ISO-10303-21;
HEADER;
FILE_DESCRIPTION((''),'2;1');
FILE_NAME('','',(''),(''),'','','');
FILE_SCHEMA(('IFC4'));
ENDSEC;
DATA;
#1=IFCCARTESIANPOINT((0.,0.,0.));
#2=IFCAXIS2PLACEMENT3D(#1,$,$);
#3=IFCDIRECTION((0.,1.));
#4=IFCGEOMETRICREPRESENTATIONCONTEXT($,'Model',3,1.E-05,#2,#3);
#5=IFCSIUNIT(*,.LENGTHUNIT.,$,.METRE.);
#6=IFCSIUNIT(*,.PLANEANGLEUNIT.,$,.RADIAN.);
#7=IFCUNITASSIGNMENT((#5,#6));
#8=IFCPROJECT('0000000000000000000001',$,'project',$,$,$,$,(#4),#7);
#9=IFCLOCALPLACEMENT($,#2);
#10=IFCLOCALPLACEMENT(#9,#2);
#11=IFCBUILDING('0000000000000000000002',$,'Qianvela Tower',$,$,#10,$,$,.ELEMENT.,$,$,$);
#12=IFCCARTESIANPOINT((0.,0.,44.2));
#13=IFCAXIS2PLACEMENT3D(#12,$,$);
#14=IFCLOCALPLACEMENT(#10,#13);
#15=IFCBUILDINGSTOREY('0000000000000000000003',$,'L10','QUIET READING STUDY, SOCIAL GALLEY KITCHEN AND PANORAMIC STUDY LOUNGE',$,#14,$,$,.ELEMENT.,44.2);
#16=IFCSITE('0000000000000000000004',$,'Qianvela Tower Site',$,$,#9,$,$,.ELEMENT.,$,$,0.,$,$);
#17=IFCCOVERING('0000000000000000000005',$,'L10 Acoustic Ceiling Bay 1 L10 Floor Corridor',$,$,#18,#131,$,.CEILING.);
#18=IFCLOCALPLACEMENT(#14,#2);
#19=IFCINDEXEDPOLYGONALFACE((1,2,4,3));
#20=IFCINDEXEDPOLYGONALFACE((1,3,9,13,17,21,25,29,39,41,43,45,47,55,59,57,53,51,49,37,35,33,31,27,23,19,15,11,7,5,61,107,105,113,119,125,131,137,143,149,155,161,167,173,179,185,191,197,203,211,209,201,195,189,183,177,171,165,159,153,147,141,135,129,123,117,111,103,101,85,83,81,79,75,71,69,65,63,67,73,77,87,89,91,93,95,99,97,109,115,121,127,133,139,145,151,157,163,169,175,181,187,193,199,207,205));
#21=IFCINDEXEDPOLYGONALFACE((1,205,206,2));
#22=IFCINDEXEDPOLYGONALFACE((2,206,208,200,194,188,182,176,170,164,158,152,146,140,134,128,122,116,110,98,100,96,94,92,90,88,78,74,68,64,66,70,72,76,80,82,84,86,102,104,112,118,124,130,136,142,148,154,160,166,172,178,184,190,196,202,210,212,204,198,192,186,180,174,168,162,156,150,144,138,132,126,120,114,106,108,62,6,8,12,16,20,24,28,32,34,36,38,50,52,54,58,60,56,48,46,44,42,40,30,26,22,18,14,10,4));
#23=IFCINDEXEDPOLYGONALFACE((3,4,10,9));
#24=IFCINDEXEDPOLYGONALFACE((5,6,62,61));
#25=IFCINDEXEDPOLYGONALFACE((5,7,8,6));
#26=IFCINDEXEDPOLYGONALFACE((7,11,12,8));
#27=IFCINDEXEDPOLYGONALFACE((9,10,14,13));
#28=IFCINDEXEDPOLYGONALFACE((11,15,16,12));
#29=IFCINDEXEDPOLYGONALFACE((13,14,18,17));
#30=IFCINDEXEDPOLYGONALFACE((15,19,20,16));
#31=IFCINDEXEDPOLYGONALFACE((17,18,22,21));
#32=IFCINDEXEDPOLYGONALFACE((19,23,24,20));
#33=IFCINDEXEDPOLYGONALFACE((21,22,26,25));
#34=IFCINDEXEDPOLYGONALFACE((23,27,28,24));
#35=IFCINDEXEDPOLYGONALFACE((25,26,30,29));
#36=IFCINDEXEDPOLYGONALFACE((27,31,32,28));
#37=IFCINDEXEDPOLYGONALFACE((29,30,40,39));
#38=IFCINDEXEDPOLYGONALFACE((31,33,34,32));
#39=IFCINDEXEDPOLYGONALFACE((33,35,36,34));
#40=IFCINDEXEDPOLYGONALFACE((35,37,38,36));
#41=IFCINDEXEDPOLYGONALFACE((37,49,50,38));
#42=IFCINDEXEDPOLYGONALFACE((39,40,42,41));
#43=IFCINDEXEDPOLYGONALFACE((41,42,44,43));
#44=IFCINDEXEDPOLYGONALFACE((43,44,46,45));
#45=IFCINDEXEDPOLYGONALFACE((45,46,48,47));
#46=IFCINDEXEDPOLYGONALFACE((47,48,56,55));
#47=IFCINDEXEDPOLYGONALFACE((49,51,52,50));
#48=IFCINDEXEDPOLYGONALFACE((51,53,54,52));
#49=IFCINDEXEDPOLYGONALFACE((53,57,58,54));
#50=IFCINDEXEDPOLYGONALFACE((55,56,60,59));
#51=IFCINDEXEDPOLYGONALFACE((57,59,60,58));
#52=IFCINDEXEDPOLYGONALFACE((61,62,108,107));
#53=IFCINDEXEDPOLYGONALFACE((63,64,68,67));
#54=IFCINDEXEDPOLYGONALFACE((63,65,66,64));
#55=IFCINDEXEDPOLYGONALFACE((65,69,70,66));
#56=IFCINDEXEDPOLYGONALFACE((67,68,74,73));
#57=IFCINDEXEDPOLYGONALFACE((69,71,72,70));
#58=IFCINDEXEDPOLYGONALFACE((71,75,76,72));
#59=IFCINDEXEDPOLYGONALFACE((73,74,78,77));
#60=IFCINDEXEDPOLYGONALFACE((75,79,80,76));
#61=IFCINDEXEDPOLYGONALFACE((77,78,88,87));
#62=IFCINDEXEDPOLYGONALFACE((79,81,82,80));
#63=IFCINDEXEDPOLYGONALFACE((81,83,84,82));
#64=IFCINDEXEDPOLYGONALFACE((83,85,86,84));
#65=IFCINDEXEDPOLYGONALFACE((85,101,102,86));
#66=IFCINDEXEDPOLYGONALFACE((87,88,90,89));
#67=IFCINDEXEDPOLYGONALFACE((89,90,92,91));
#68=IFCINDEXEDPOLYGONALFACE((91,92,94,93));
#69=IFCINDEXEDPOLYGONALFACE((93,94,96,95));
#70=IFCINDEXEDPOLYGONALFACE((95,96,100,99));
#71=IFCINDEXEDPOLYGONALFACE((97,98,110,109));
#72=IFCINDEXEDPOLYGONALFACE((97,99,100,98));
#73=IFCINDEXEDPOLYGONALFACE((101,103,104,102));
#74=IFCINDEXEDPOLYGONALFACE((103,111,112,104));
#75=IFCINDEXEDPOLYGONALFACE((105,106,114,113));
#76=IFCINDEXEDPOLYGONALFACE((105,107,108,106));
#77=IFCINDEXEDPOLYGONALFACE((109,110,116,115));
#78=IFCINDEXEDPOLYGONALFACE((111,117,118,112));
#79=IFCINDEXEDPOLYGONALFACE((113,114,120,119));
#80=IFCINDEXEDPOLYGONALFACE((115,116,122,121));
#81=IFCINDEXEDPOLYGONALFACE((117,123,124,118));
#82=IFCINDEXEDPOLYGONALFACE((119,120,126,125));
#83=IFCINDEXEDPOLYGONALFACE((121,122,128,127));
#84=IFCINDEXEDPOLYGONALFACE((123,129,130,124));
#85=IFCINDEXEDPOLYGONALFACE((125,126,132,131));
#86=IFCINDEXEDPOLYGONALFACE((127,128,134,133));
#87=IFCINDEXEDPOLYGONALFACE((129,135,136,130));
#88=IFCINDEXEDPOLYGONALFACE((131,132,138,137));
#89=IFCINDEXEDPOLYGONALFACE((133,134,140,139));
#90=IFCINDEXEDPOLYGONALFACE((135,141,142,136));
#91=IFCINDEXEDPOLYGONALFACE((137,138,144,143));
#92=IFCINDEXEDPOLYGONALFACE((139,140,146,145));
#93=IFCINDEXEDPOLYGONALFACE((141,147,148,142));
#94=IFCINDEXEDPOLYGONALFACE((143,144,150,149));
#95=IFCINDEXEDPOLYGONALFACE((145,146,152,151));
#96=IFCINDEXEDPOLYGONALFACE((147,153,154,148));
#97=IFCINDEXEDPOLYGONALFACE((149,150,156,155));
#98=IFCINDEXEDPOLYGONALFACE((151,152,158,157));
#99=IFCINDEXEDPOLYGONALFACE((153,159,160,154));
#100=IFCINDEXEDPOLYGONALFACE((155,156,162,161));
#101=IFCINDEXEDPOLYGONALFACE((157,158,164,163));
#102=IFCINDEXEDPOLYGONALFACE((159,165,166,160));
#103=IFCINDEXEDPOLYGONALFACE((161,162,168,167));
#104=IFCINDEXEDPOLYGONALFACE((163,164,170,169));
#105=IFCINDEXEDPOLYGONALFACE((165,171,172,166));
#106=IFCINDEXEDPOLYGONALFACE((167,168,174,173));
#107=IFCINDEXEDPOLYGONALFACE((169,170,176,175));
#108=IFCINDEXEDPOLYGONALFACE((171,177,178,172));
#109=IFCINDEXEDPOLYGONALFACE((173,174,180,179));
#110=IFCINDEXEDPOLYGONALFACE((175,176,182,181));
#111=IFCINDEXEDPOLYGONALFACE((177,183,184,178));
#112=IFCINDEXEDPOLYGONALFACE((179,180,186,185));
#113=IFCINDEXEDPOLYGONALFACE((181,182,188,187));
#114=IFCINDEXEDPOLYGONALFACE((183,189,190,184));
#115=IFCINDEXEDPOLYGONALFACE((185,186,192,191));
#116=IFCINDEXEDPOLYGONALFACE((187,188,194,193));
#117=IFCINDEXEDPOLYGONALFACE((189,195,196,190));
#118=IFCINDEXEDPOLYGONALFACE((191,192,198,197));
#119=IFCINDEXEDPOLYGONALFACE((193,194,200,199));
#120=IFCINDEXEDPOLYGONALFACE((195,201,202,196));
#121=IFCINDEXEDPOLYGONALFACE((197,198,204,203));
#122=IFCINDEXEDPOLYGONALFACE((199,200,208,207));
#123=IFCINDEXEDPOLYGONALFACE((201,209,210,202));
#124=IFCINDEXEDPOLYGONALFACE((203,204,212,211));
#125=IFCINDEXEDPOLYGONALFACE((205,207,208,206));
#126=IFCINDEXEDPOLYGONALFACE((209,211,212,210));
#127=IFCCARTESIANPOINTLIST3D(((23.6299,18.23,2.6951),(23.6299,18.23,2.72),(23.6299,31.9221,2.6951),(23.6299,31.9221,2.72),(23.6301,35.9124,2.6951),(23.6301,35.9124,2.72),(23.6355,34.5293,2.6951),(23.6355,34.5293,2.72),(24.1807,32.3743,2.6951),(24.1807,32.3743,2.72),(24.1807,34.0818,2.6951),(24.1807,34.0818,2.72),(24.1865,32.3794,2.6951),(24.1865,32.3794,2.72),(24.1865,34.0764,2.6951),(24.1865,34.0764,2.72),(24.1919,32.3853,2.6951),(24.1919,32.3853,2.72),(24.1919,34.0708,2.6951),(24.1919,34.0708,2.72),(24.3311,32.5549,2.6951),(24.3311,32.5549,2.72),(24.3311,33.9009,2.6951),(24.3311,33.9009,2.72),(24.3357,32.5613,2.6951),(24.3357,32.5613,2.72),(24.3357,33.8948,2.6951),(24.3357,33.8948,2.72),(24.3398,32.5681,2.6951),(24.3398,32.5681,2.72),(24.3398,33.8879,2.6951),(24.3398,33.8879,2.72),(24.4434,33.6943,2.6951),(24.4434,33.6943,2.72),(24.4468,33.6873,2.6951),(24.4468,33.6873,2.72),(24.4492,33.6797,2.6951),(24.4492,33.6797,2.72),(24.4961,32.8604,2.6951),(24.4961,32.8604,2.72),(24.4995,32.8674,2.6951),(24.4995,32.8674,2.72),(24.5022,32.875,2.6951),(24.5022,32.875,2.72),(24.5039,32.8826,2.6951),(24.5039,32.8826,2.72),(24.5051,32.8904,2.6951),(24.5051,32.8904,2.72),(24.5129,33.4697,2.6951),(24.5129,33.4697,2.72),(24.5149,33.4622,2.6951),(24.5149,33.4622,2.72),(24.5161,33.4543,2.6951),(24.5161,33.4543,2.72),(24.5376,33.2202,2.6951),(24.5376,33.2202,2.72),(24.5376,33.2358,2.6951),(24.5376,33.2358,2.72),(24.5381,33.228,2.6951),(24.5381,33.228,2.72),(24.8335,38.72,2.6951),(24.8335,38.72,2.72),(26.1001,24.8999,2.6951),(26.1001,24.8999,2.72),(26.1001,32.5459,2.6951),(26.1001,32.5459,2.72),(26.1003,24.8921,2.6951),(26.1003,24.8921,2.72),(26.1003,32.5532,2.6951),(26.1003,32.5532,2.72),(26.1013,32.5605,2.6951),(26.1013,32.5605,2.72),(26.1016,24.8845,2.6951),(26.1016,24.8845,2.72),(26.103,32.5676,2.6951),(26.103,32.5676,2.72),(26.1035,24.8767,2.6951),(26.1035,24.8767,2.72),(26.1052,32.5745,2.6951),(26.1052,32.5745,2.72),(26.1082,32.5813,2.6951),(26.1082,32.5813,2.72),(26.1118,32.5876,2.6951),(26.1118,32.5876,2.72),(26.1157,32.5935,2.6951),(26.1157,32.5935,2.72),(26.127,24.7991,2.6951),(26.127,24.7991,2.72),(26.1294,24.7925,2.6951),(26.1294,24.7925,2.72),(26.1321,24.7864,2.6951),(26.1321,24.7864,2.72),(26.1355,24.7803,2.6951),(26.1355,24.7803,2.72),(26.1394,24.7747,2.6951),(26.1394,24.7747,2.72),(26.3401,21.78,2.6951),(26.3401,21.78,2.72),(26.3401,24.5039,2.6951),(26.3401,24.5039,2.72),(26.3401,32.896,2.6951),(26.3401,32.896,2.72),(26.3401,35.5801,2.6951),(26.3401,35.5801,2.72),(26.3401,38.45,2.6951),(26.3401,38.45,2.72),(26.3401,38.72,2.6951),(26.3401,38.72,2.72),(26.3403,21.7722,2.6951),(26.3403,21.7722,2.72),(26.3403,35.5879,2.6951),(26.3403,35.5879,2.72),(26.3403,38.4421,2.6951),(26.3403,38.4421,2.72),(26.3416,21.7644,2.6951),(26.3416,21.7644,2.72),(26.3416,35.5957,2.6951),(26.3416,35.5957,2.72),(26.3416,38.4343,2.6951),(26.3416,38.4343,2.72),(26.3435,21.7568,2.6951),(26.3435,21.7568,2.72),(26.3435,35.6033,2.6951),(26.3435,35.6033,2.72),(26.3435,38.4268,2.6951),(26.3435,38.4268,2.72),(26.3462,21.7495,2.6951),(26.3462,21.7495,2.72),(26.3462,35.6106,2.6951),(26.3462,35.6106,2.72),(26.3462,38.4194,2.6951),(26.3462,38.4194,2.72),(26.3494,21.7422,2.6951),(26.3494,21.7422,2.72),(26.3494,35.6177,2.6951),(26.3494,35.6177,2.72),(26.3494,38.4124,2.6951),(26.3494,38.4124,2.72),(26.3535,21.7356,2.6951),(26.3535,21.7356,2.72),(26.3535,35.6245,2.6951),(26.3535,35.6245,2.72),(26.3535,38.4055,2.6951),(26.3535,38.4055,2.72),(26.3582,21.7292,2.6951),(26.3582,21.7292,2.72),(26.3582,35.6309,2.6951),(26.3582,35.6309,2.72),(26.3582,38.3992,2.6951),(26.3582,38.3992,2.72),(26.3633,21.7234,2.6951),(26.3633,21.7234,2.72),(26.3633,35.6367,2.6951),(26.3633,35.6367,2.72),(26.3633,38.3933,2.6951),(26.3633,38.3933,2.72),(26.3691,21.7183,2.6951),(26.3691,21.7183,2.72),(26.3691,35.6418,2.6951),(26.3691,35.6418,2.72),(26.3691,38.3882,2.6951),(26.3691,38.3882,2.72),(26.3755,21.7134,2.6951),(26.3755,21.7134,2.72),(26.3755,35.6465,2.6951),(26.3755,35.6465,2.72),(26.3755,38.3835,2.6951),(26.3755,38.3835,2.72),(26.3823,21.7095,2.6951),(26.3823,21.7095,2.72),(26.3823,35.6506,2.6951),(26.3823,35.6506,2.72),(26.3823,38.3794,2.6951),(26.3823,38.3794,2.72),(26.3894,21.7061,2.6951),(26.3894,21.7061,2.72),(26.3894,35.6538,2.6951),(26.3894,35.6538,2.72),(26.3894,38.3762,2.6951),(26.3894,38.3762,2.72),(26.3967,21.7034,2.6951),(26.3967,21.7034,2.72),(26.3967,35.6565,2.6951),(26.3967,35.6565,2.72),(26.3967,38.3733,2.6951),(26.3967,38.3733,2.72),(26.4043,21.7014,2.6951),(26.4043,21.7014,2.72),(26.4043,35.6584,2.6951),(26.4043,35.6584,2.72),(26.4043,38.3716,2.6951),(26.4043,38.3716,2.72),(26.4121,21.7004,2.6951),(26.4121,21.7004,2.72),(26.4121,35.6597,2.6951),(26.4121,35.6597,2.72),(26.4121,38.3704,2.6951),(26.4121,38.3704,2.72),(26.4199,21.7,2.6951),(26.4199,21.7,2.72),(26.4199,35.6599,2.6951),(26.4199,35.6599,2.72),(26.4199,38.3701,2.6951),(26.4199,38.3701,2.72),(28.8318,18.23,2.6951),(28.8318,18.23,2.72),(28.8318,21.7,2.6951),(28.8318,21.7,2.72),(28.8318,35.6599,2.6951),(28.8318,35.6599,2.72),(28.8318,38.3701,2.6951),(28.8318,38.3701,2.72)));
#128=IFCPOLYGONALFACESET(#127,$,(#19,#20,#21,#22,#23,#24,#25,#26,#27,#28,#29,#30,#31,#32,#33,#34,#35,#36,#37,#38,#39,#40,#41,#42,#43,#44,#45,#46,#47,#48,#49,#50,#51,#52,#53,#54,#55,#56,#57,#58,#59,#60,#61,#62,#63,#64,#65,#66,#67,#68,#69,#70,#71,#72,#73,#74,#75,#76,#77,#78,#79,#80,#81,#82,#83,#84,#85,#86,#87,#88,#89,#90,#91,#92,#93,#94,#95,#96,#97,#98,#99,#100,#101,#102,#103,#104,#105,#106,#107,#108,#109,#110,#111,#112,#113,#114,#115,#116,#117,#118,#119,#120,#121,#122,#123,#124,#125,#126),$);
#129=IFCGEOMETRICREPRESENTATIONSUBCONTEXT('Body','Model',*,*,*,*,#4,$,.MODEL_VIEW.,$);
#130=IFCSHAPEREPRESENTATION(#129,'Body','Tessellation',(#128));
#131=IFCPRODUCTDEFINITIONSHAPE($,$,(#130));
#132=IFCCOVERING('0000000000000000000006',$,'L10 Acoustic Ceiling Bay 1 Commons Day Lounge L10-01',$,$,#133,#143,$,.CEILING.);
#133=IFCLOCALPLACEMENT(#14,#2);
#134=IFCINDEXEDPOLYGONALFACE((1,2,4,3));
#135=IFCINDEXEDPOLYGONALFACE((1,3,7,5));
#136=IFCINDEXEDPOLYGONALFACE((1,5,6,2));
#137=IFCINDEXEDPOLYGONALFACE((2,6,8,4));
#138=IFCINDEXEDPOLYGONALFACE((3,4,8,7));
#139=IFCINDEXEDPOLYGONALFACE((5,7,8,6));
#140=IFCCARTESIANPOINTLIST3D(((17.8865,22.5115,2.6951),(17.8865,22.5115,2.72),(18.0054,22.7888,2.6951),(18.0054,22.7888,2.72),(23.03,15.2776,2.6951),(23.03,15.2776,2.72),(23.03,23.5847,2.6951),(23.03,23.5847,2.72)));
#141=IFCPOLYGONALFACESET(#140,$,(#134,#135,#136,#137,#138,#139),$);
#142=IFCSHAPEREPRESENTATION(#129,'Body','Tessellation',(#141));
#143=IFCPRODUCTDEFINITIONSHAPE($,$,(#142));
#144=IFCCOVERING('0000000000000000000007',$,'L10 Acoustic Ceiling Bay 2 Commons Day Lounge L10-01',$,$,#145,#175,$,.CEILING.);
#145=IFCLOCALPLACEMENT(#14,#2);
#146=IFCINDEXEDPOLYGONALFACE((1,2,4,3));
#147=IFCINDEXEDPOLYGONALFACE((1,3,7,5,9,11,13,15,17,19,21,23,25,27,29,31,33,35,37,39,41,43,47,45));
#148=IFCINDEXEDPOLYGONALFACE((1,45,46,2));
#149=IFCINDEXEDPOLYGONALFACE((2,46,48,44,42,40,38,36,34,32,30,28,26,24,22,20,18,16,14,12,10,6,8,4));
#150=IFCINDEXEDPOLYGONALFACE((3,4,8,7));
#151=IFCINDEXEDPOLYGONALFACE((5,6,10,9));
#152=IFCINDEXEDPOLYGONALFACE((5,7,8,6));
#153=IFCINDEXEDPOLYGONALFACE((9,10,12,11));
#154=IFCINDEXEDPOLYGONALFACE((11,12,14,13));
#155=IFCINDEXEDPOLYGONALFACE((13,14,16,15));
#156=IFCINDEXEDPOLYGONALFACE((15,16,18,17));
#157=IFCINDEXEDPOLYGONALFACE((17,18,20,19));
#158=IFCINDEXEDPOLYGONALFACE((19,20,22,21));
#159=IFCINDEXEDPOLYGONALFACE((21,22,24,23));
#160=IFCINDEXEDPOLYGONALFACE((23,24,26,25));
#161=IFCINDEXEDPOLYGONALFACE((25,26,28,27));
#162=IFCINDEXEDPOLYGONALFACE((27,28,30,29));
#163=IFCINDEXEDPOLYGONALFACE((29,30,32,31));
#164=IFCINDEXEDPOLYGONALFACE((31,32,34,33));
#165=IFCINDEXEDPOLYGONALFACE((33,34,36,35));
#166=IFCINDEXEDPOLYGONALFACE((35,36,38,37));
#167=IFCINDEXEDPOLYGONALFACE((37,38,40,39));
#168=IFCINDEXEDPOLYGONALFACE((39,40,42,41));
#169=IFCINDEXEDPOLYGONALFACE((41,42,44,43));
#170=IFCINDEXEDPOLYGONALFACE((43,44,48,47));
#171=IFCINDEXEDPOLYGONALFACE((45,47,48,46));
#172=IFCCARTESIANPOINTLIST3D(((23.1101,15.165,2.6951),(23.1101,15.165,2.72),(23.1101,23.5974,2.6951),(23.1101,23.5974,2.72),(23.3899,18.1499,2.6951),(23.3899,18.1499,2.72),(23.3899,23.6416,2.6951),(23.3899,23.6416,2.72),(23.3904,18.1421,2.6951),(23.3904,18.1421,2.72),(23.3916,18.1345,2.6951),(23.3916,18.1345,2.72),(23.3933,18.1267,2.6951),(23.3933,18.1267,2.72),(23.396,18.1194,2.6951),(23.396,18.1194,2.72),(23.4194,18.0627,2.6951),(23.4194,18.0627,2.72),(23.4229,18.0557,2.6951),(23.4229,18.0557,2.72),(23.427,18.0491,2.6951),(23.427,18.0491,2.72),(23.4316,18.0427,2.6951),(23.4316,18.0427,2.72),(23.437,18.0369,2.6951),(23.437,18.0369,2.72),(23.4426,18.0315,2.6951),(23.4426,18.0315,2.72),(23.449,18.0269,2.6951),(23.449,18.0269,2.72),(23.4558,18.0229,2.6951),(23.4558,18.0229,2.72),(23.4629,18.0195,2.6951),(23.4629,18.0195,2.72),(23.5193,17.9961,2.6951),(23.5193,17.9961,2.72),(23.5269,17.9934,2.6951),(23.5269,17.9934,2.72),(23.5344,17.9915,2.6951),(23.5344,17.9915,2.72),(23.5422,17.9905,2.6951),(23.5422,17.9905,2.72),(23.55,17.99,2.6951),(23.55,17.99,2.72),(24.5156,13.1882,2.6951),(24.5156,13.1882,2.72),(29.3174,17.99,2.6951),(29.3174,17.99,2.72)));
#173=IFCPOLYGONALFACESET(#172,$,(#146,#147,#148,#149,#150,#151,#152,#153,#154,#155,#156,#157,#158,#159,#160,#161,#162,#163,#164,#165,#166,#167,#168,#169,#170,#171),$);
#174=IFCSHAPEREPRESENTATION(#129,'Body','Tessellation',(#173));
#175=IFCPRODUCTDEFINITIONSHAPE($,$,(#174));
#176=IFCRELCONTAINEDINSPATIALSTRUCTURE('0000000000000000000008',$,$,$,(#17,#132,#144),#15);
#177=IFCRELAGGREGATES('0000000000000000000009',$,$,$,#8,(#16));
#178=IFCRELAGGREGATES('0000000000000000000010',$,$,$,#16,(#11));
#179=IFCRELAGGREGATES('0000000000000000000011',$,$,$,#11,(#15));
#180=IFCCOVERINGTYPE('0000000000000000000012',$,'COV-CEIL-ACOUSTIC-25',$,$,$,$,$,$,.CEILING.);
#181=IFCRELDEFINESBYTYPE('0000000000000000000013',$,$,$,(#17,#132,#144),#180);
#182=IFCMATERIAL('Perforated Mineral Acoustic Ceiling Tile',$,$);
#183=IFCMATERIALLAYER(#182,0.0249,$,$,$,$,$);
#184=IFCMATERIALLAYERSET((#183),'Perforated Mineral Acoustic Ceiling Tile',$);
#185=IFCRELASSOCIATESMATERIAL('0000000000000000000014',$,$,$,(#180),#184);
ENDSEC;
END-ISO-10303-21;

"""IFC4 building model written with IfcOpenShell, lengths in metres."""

from ifc_helpers import new_model, si_unit, direction, frame, origin, place, context, subcontext, project, spatial, polyline, outline, extrude, material, layer, layer_set, type_object, element, save


model = new_model("IFC4")

# Units and contexts
model_context = context("Model", 3, precision=1e-05, world=origin(), true_north=direction((0.0, 1.0)))
body_context = subcontext(model_context, "Body", "Model", "MODEL_VIEW")
ifc_project = project(units=[si_unit("LENGTHUNIT", "METRE"), si_unit("PLANEANGLEUNIT", "RADIAN")], contexts=[model_context])

# Site, building, storey
site_placement = place(None, origin())
site = spatial("IfcSite", under=ifc_project, at=site_placement, Name="Qianvela Tower Site", CompositionType="ELEMENT", RefElevation=0.0)
building_placement = place(site_placement, origin())
building = spatial("IfcBuilding", under=site, at=building_placement, Name="Qianvela Tower", CompositionType="ELEMENT")
storey_placement = place(building_placement, frame((0.0, 0.0, 44.2)))
storey = spatial("IfcBuildingStorey", under=building, at=storey_placement, Name="L10", Description="QUIET READING STUDY, SOCIAL GALLEY KITCHEN AND PANORAMIC STUDY LOUNGE", CompositionType="ELEMENT", Elevation=44.2)

# Coverings
ifc_material_1 = material(Name="Perforated Mineral Acoustic Ceiling Tile")
ifc_layer_1 = layer(ifc_material_1, 0.0249)
ifc_layer_set_1 = layer_set([ifc_layer_1], Name="Perforated Mineral Acoustic Ceiling Tile")
covering_type_1 = type_object("IfcCoveringType", Name="COV-CEIL-ACOUSTIC-25", PredefinedType="CEILING", material=ifc_layer_set_1)
covering_1_placement = place(storey_placement, frame((0.0, 0.0, 2.6951)))
element("IfcCovering", 1, at=covering_1_placement, inside=storey, type_object=covering_type_1, Name="L10 Acoustic Ceiling Bay 1 L10 Floor Corridor", PredefinedType="CEILING", context=body_context, shape_type="SweptSolid", body=[
    extrude(outline(polyline([(24.5149, 33.4622), (24.5129, 33.4697), (24.4492, 33.6797), (24.4468, 33.6873), (24.4434, 33.6943), (24.3398, 33.8879), (24.3357, 33.8948), (24.3311, 33.9009), (24.1919, 34.0708), (24.1865, 34.0764), (24.1807, 34.0818), (23.6355, 34.5293), (23.6301, 35.9124), (24.8335, 38.72), (26.3401, 38.72), (26.3401, 38.45), (26.3403, 38.4421), (26.3416, 38.4343), (26.3435, 38.4268), (26.3462, 38.4194), (26.3494, 38.4124), (26.3535, 38.4055), (26.3582, 38.3992), (26.3633, 38.3933), (26.3691, 38.3882), (26.3755, 38.3835), (26.3823, 38.3794), (26.3894, 38.3762), (26.3967, 38.3733), (26.4043, 38.3716), (26.4121, 38.3704), (26.4199, 38.3701), (28.8318, 38.3701), (28.8318, 35.6599), (26.4199, 35.6599), (26.4121, 35.6597), (26.4043, 35.6584), (26.3967, 35.6565), (26.3894, 35.6538), (26.3823, 35.6506), (26.3755, 35.6465), (26.3691, 35.6418), (26.3633, 35.6367), (26.3582, 35.6309), (26.3535, 35.6245), (26.3494, 35.6177), (26.3462, 35.6106), (26.3435, 35.6033), (26.3416, 35.5957), (26.3403, 35.5879), (26.3401, 35.5801), (26.3401, 32.896), (26.1157, 32.5935), (26.1118, 32.5876), (26.1082, 32.5813), (26.1052, 32.5745), (26.103, 32.5676), (26.1013, 32.5605), (26.1003, 32.5532), (26.1001, 32.5459), (26.1001, 24.8999), (26.1003, 24.8921), (26.1016, 24.8845), (26.1035, 24.8767), (26.127, 24.7991), (26.1294, 24.7925), (26.1321, 24.7864), (26.1355, 24.7803), (26.1394, 24.7747), (26.3401, 24.5039), (26.3401, 21.78), (26.3403, 21.7722), (26.3416, 21.7644), (26.3435, 21.7568), (26.3462, 21.7495), (26.3494, 21.7422), (26.3535, 21.7356), (26.3582, 21.7292), (26.3633, 21.7234), (26.3691, 21.7183), (26.3755, 21.7134), (26.3823, 21.7095), (26.3894, 21.7061), (26.3967, 21.7034), (26.4043, 21.7014), (26.4121, 21.7004), (26.4199, 21.7), (28.8318, 21.7), (28.8318, 18.23), (23.6299, 18.23), (23.6299, 31.9221), (24.1807, 32.3743), (24.1865, 32.3794), (24.1919, 32.3853), (24.3311, 32.5549), (24.3357, 32.5613), (24.3398, 32.5681), (24.4961, 32.8604), (24.4995, 32.8674), (24.5022, 32.875), (24.5039, 32.8826), (24.5051, 32.8904), (24.5376, 33.2202), (24.5381, 33.228), (24.5376, 33.2358), (24.5161, 33.4543), (24.5149, 33.4622)])), origin(), (0.0, 0.0, 1.0), 0.0249),
])
covering_2_placement = place(storey_placement, frame((0.0, 0.0, 2.6951)))
element("IfcCovering", 2, at=covering_2_placement, inside=storey, type_object=covering_type_1, Name="L10 Acoustic Ceiling Bay 1 Commons Day Lounge L10-01", PredefinedType="CEILING", context=body_context, shape_type="SweptSolid", body=[
    extrude(outline(polyline([(23.03, 23.5847), (23.03, 15.2776), (17.8865, 22.5115), (18.0054, 22.7888), (23.03, 23.5847)])), origin(), (0.0, 0.0, 1.0), 0.0249),
])
covering_3_placement = place(storey_placement, frame((0.0, 0.0, 2.6951)))
element("IfcCovering", 3, at=covering_3_placement, inside=storey, type_object=covering_type_1, Name="L10 Acoustic Ceiling Bay 2 Commons Day Lounge L10-01", PredefinedType="CEILING", context=body_context, shape_type="SweptSolid", body=[
    extrude(outline(polyline([(23.3899, 23.6416), (23.3899, 18.1499), (23.3904, 18.1421), (23.3916, 18.1345), (23.3933, 18.1267), (23.396, 18.1194), (23.4194, 18.0627), (23.4229, 18.0557), (23.427, 18.0491), (23.4316, 18.0427), (23.437, 18.0369), (23.4426, 18.0315), (23.449, 18.0269), (23.4558, 18.0229), (23.4629, 18.0195), (23.5193, 17.9961), (23.5269, 17.9934), (23.5344, 17.9915), (23.5422, 17.9905), (23.55, 17.99), (29.3174, 17.99), (24.5156, 13.1882), (23.1101, 15.165), (23.1101, 23.5974), (23.3899, 23.6416)])), origin(), (0.0, 0.0, 1.0), 0.0249),
])

save(model, "model.ifc")
